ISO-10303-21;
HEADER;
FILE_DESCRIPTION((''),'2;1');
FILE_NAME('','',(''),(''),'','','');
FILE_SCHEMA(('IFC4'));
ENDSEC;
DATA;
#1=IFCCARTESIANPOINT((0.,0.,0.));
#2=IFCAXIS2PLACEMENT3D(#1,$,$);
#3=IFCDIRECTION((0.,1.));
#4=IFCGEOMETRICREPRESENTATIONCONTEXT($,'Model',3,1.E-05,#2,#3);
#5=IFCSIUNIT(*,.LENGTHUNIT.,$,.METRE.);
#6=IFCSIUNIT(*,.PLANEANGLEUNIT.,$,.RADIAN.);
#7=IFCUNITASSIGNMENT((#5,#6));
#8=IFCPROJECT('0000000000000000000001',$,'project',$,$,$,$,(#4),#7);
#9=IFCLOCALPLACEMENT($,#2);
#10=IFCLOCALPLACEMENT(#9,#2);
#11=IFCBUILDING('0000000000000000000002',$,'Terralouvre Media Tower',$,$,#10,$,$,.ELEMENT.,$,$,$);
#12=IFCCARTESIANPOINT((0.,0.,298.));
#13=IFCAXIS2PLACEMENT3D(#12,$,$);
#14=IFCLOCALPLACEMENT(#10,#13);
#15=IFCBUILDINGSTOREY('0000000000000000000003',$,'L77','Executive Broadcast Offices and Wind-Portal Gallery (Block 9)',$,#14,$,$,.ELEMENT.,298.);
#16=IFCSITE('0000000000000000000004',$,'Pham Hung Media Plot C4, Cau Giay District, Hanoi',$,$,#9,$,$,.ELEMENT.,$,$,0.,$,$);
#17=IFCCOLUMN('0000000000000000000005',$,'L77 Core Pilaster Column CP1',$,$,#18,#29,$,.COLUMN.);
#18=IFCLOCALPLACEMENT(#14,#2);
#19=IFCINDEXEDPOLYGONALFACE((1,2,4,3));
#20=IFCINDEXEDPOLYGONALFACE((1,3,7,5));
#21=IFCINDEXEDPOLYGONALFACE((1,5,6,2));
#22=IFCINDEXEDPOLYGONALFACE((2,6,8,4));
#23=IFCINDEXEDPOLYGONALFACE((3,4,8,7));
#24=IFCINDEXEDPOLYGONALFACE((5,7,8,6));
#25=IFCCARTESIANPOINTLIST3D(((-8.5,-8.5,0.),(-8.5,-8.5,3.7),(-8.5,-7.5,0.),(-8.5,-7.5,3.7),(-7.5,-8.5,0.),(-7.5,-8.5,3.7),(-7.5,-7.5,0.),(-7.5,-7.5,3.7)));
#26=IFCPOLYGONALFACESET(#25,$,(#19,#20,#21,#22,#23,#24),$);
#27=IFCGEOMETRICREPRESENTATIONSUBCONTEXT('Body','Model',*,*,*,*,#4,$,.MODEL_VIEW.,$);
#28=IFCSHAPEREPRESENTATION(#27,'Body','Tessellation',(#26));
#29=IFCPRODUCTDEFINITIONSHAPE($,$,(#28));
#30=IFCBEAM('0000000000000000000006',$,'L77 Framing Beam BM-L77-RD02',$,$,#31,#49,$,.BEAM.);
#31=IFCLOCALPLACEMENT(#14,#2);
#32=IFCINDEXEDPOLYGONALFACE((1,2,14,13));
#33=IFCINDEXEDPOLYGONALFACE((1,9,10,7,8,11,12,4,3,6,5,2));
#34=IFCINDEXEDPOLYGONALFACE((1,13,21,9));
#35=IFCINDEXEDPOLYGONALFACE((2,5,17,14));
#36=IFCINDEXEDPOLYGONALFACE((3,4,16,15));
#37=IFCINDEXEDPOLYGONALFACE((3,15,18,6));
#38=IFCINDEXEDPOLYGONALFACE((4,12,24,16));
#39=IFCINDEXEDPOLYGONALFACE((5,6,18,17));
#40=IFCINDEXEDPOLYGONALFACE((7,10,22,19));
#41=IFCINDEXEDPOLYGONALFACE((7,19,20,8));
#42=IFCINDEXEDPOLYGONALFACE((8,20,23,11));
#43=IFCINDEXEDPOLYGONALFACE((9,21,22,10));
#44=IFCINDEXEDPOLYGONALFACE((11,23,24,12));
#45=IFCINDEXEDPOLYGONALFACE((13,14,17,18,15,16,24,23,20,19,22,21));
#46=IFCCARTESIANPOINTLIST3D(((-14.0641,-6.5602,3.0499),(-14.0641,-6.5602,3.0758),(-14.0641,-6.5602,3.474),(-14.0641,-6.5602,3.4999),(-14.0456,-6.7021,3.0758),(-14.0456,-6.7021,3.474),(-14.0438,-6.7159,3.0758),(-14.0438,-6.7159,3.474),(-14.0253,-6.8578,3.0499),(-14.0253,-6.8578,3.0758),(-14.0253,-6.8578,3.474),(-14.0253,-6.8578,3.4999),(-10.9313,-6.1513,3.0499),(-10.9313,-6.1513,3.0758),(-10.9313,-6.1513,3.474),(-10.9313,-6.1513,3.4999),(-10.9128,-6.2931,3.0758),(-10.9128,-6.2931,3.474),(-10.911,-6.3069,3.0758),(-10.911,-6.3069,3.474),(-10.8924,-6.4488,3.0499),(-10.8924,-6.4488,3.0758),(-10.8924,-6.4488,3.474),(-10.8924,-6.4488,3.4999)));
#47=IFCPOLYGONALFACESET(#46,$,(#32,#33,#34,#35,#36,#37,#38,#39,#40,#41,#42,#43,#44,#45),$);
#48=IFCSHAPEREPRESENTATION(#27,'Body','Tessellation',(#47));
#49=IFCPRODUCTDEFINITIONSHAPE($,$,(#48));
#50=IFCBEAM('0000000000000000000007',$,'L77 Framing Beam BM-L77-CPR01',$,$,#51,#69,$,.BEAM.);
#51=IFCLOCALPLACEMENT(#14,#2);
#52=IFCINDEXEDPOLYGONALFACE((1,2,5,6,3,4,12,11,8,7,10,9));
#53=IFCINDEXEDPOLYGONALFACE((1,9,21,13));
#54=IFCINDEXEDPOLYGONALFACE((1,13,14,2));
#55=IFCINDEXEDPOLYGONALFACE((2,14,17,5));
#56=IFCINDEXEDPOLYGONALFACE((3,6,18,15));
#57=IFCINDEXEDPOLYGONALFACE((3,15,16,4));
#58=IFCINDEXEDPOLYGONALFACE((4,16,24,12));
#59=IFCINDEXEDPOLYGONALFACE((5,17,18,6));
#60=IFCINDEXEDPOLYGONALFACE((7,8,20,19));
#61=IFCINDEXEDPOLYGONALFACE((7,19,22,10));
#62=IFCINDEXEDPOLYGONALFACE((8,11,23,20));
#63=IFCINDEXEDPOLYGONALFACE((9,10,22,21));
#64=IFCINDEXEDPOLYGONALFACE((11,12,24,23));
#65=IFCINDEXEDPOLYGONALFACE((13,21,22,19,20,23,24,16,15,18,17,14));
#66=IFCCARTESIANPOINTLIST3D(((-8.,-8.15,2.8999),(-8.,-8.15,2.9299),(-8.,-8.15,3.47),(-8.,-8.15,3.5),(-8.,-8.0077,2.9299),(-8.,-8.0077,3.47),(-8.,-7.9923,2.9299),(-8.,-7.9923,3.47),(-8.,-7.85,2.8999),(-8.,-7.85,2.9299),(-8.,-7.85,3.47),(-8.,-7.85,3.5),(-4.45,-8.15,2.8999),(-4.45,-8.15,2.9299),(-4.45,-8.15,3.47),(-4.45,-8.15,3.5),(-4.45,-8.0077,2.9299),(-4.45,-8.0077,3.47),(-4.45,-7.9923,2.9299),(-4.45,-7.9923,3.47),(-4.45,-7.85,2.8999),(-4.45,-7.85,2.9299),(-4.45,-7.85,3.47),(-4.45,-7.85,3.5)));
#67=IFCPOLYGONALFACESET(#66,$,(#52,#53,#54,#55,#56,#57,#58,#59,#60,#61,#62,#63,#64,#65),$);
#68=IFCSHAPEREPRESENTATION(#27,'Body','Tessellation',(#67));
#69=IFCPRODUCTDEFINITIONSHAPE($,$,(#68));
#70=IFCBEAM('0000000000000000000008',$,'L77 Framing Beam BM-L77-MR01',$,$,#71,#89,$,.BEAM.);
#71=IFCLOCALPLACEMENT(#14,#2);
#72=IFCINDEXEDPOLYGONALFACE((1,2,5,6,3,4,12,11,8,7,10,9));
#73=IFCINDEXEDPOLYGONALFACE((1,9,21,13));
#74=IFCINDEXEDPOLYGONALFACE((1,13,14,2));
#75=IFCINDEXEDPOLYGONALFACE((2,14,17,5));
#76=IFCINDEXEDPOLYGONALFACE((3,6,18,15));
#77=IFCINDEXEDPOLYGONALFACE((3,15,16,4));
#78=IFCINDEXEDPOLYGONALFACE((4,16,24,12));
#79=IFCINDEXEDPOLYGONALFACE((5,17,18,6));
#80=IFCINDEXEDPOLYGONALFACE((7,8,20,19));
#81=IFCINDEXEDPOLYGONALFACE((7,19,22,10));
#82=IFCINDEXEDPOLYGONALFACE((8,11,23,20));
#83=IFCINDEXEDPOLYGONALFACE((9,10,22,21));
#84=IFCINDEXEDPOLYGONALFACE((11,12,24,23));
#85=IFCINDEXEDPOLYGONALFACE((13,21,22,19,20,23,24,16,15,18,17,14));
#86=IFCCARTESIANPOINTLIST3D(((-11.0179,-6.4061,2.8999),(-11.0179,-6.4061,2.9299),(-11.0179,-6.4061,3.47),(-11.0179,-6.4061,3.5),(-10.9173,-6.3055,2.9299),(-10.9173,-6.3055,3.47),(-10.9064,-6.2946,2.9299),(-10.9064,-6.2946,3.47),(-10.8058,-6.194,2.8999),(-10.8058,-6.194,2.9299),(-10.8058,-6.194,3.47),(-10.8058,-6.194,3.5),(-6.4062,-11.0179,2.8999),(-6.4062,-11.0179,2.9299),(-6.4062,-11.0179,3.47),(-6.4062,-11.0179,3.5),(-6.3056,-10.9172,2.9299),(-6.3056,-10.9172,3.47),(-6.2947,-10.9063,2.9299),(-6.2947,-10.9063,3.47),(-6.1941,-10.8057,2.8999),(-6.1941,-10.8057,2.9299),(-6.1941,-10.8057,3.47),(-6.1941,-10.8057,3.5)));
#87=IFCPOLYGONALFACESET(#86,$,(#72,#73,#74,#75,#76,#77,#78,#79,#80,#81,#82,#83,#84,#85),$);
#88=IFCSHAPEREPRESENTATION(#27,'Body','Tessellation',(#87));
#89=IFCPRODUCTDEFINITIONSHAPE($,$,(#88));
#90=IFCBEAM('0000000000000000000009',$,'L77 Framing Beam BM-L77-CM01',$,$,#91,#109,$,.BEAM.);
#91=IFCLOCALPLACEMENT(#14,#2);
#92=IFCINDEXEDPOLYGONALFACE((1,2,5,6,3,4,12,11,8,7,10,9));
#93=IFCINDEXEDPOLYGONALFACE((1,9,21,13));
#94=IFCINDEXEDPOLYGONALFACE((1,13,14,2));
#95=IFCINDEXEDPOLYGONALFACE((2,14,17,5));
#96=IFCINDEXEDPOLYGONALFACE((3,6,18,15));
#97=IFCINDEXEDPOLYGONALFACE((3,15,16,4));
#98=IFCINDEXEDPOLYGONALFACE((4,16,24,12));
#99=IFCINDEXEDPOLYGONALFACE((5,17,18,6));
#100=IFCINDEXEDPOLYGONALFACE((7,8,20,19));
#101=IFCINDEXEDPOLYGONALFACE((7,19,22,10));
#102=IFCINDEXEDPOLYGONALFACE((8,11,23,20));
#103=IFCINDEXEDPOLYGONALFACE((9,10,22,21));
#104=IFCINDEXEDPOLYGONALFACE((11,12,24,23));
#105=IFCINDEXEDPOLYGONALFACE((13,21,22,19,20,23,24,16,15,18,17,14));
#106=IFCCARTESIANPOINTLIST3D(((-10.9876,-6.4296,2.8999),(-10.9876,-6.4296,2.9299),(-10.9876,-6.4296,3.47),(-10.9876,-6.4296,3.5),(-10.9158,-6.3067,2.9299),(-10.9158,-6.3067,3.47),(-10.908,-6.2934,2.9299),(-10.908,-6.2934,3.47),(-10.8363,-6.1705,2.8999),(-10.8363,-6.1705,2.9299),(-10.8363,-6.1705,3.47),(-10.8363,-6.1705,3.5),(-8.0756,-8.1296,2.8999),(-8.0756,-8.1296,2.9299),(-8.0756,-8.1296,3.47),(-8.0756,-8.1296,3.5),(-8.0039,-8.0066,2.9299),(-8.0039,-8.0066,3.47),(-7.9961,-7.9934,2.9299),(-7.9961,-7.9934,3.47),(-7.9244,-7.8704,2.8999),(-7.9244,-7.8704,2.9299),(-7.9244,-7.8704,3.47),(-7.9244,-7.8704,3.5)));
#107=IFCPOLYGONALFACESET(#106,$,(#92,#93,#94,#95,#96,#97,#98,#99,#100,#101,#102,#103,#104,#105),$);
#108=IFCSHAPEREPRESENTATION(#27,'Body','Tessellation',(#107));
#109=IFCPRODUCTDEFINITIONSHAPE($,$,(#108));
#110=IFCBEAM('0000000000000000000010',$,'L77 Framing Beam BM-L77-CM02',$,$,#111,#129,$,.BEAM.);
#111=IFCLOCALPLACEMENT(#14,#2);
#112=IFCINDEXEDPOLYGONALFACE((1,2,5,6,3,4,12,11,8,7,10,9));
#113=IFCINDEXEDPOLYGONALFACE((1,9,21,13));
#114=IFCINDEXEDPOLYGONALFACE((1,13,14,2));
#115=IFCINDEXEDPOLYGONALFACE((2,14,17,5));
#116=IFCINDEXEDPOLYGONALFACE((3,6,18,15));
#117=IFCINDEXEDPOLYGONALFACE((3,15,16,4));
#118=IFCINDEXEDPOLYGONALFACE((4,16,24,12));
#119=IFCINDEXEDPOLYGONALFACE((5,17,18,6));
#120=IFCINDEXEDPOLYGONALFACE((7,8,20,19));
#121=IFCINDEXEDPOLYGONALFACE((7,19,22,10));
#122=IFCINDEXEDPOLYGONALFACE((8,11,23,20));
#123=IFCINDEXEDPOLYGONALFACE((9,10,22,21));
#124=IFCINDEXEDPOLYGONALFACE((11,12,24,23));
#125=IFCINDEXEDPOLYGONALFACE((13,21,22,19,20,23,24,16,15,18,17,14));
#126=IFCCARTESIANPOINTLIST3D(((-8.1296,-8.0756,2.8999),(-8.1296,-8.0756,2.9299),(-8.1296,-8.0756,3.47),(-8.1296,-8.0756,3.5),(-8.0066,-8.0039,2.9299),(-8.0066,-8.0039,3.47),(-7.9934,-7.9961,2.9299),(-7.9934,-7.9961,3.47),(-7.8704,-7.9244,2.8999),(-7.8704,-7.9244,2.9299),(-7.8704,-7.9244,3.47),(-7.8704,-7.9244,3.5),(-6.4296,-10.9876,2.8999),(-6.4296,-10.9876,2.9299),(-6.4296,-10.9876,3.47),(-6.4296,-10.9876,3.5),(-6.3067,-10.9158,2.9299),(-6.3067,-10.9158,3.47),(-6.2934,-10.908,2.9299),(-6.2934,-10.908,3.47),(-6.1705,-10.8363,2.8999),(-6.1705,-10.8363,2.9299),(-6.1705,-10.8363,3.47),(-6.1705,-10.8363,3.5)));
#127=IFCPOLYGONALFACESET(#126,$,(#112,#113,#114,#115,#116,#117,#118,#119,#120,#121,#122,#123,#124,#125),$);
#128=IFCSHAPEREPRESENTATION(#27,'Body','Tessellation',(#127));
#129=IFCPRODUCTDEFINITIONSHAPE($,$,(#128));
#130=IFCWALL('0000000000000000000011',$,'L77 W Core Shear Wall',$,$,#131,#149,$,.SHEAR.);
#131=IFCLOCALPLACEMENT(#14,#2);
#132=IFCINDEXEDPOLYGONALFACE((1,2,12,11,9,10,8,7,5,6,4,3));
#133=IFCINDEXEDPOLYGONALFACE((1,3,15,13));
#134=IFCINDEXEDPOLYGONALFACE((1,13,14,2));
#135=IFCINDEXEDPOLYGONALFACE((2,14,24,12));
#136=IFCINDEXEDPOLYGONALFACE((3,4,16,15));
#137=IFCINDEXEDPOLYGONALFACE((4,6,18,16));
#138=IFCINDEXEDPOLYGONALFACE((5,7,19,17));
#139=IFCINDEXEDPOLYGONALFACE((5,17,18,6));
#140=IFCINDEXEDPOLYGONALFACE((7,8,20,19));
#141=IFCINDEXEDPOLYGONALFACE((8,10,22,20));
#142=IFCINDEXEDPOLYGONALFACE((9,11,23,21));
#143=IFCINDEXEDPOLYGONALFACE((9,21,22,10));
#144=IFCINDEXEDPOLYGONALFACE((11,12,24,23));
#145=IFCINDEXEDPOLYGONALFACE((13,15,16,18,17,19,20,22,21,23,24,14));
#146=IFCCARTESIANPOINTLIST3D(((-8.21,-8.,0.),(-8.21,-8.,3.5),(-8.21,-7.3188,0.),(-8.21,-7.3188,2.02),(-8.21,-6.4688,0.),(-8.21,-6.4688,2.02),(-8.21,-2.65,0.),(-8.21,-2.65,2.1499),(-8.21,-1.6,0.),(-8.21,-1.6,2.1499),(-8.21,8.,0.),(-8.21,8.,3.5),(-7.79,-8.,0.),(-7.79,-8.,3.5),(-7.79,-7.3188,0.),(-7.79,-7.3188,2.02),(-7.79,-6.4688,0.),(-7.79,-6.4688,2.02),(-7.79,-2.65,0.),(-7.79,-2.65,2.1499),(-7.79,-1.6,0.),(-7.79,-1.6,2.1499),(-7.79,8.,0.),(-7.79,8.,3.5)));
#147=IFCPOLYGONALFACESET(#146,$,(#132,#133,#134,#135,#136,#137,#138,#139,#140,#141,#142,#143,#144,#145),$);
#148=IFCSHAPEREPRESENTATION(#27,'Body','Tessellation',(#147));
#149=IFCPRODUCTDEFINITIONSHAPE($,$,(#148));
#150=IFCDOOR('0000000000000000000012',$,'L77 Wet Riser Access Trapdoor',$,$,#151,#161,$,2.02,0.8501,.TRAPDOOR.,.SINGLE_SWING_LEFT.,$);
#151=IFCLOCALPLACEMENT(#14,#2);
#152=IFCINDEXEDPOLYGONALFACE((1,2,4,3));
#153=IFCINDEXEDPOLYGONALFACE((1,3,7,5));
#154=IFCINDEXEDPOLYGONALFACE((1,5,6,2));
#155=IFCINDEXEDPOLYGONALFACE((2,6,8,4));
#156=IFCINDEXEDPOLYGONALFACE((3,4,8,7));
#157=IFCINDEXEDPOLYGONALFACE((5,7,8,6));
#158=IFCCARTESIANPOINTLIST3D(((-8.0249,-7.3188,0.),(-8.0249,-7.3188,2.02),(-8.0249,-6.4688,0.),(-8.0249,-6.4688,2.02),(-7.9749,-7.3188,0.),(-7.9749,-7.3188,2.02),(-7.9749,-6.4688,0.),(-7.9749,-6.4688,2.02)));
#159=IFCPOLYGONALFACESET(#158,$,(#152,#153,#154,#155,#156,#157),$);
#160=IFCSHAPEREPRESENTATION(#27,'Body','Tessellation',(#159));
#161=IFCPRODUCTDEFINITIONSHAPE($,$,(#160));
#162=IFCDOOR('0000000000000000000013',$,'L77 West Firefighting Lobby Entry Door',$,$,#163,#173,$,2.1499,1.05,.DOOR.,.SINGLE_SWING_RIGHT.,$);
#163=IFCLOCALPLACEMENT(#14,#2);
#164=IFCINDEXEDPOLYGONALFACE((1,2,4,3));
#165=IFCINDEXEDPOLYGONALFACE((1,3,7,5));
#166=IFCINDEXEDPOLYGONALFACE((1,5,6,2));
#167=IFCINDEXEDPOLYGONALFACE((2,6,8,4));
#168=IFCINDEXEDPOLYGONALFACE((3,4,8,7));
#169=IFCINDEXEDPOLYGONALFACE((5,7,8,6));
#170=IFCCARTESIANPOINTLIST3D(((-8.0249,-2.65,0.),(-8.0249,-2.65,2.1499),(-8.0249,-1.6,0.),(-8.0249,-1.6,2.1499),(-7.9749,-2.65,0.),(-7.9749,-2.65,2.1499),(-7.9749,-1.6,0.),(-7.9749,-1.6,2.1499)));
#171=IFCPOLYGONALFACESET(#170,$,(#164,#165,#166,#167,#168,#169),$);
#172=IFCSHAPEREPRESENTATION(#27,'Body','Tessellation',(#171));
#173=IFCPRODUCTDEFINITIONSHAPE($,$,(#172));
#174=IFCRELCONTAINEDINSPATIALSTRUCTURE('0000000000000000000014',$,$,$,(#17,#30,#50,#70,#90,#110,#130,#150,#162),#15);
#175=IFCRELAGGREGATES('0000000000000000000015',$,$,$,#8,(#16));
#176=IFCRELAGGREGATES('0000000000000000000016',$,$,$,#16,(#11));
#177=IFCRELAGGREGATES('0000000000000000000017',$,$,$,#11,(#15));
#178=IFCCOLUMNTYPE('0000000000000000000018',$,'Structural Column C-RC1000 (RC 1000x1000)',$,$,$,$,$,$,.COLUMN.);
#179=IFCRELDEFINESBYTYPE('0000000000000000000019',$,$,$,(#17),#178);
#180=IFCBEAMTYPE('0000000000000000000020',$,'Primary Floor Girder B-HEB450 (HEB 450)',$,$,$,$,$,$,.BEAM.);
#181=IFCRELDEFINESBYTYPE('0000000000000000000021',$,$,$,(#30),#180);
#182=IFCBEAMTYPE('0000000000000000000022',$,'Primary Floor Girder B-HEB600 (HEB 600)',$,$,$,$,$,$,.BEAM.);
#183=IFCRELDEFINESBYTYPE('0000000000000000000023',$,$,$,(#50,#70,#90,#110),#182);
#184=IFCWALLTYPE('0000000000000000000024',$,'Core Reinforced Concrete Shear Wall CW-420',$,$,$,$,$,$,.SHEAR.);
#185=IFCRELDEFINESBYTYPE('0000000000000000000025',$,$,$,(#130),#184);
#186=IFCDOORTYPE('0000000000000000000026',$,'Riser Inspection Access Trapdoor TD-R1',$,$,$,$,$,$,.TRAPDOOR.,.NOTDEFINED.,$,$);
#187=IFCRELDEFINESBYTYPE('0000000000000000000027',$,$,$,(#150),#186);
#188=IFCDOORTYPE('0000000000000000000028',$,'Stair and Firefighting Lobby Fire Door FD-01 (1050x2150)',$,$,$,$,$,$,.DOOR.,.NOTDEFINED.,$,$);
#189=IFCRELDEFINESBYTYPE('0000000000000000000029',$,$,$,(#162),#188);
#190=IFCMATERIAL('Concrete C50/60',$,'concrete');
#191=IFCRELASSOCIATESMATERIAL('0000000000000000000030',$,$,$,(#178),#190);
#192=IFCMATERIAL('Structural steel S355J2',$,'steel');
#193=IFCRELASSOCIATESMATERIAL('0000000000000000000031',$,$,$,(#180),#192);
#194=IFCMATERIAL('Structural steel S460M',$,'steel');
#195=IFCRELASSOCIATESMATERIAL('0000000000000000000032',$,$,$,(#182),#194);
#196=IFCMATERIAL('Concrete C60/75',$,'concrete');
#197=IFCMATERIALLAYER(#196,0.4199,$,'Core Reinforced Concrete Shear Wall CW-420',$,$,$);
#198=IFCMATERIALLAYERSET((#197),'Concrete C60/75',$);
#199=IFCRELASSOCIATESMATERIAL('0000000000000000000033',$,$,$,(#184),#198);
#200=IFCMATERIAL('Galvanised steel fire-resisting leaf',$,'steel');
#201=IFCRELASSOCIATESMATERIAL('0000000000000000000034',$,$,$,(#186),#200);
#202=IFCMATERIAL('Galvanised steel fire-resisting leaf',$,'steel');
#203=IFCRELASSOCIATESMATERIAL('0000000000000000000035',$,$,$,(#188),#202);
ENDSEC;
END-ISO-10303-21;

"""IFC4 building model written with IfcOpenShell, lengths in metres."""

from ifc_helpers import new_model, si_unit, direction, frame, frame_2d, origin, origin_2d, place, context, subcontext, project, spatial, rectangle, i_section, extrude, material, layer, layer_set, material_profile, profile_set, type_object, element, fill, save


model = new_model("IFC4")

# Units and contexts
model_context = context("Model", 3, precision=1e-05, world=origin(), true_north=direction((0.0, 1.0)))
body_context = subcontext(model_context, "Body", "Model", "MODEL_VIEW")
ifc_project = project(units=[si_unit("LENGTHUNIT", "METRE"), si_unit("PLANEANGLEUNIT", "RADIAN")], contexts=[model_context])

# Site, building, storey
site_placement = place(None, origin())
site = spatial("IfcSite", under=ifc_project, at=site_placement, Name="Pham Hung Media Plot C4, Cau Giay District, Hanoi", CompositionType="ELEMENT", RefElevation=0.0)
building_placement = place(site_placement, origin())
building = spatial("IfcBuilding", under=site, at=building_placement, Name="Terralouvre Media Tower", CompositionType="ELEMENT")
storey_placement = place(building_placement, frame((0.0, 0.0, 298.0)))
storey = spatial("IfcBuildingStorey", under=building, at=storey_placement, Name="L77", Description="Executive Broadcast Offices and Wind-Portal Gallery (Block 9)", CompositionType="ELEMENT", Elevation=298.0)

# Column
ifc_material_1 = material(Name="Concrete C50/60", Category="concrete")
ifc_material_profile_1 = material_profile(ifc_material_1, rectangle(XDim=1.0, YDim=1.0, at=origin_2d()), Name="RC 1000x1000")
ifc_profile_set_1 = profile_set([ifc_material_profile_1], Name="Concrete C50/60")
column_type = type_object("IfcColumnType", Name="Structural Column C-RC1000 (RC 1000x1000)", PredefinedType="COLUMN", material=ifc_profile_set_1)
column_placement = place(storey_placement, frame((-8.0, -8.0, 0.0), z_axis=(0.0, 0.0, 1.0), x_axis=(1.0, 0.0, 0.0)))
element("IfcColumn", 1, at=column_placement, inside=storey, type_object=column_type, Name="L77 Core Pilaster Column CP1", PredefinedType="COLUMN", context=body_context, shape_type="SweptSolid", body=[
    extrude(rectangle(XDim=1.0, YDim=1.0, at=origin_2d()), origin(), (0.0, 0.0, 1.0), 3.7),
])

# Beams
ifc_material_2 = material(Name="Structural steel S355J2", Category="steel")
ifc_material_profile_2 = material_profile(ifc_material_2, i_section(OverallWidth=0.3, OverallDepth=0.45, WebThickness=0.0139, FlangeThickness=0.0259, at=origin_2d()), Name="HEB 450")
ifc_profile_set_2 = profile_set([ifc_material_profile_2], Name="Structural steel S355J2")
beam_type_1 = type_object("IfcBeamType", Name="Primary Floor Girder B-HEB450 (HEB 450)", PredefinedType="BEAM", material=ifc_profile_set_2)
beam_1_placement = place(storey_placement, frame((-10.9119, -6.3, 3.2749), z_axis=(-0.991588, -0.129435, 0.0), x_axis=(0.129435, -0.991588, 0.0)))
element("IfcBeam", 2, at=beam_1_placement, inside=storey, type_object=beam_type_1, Name="L77 Framing Beam BM-L77-RD02", PredefinedType="BEAM", context=body_context, shape_type="SweptSolid", body=[
    extrude(i_section(OverallWidth=0.3, OverallDepth=0.45, WebThickness=0.0139, FlangeThickness=0.0259, at=origin_2d()), origin(), (0.0, 0.0, 1.0), 3.1594),
])
ifc_material_3 = material(Name="Structural steel S460M", Category="steel")
ifc_material_profile_3 = material_profile(ifc_material_3, i_section(OverallWidth=0.3, OverallDepth=0.6001, WebThickness=0.0154, FlangeThickness=0.03, at=origin_2d()), Name="HEB 600")
ifc_profile_set_3 = profile_set([ifc_material_profile_3], Name="Structural steel S460M")
beam_type_2 = type_object("IfcBeamType", Name="Primary Floor Girder B-HEB600 (HEB 600)", PredefinedType="BEAM", material=ifc_profile_set_3)
beam_2_placement = place(storey_placement, frame((-8.0, -8.0, 3.2), z_axis=(1.0, 0.0, 0.0), x_axis=(0.0, 1.0, 0.0)))
element("IfcBeam", 3, at=beam_2_placement, inside=storey, type_object=beam_type_2, Name="L77 Framing Beam BM-L77-CPR01", PredefinedType="BEAM", context=body_context, shape_type="SweptSolid", body=[
    extrude(i_section(OverallWidth=0.3, OverallDepth=0.6001, WebThickness=0.0154, FlangeThickness=0.03, at=origin_2d()), origin(), (0.0, 0.0, 1.0), 3.55),
])
beam_3_placement = place(storey_placement, frame((-10.9119, -6.3, 3.2), z_axis=(0.707107, -0.707107, 0.0), x_axis=(0.707107, 0.707107, 0.0)))
element("IfcBeam", 4, at=beam_3_placement, inside=storey, type_object=beam_type_2, Name="L77 Framing Beam BM-L77-MR01", PredefinedType="BEAM", context=body_context, shape_type="SweptSolid", body=[
    extrude(i_section(OverallWidth=0.3, OverallDepth=0.6001, WebThickness=0.0154, FlangeThickness=0.03, at=origin_2d()), origin(), (0.0, 0.0, 1.0), 6.522),
])
for number, where, z_axis, x_axis, name in (
    (5, (-8.0, -8.0, 3.2), (-0.863603, 0.504173, 0.0), (-0.504173, -0.863603, 0.0), "L77 Framing Beam BM-L77-CM01"),
    (6, (-8.0, -8.0, 3.2), (0.504173, -0.863603, 0.0), (0.863603, 0.504173, 0.0), "L77 Framing Beam BM-L77-CM02"),
):
    element("IfcBeam", number, at=place(storey_placement, frame(where, z_axis=z_axis, x_axis=x_axis)), inside=storey, type_object=beam_type_2, Name=name, PredefinedType="BEAM", context=body_context, shape_type="SweptSolid", body=[
        extrude(i_section(OverallWidth=0.3, OverallDepth=0.6001, WebThickness=0.0154, FlangeThickness=0.03, at=origin_2d()), origin(), (0.0, 0.0, 1.0), 3.3718),
    ])

# Wall, openings, doors
ifc_material_4 = material(Name="Concrete C60/75", Category="concrete")
ifc_layer_1 = layer(ifc_material_4, 0.4199, Name="Core Reinforced Concrete Shear Wall CW-420")
ifc_layer_set_1 = layer_set([ifc_layer_1], Name="Concrete C60/75")
wall_type_1 = type_object("IfcWallType", Name="Core Reinforced Concrete Shear Wall CW-420", PredefinedType="SHEAR", material=ifc_layer_set_1)
wall_1_placement = place(storey_placement, frame((-8.0, -8.0, 0.0), z_axis=(0.0, 0.0, 1.0), x_axis=(0.0, 1.0, 0.0)))
wall_1 = element("IfcWall", 7, at=wall_1_placement, inside=storey, type_object=wall_type_1, Name="L77 W Core Shear Wall", PredefinedType="SHEAR", context=body_context, shape_type="SweptSolid", body=[
    extrude(rectangle(XDim=16.0, YDim=0.4199, at=frame_2d((8.0, 0.0))), origin(), (0.0, 0.0, 1.0), 3.5),
])
opening_1_placement = place(wall_1_placement, frame((0.6812, 0.0, 0.0)))
opening_1 = element("IfcOpeningElement", 8, at=opening_1_placement, cuts=wall_1, PredefinedType="OPENING", context=body_context, shape_type="SweptSolid", body=[
    extrude(rectangle(XDim=0.8501, YDim=2.02, at=frame_2d((0.425, 1.01))), frame((0.0, 0.22, 0.0), z_axis=(0.0, -1.0, 0.0), x_axis=(1.0, 0.0, 0.0)), (0.0, 0.0, 1.0), 0.4399),
])
opening_2_placement = place(wall_1_placement, frame((5.3501, 0.0, 0.0)))
opening_2 = element("IfcOpeningElement", 9, at=opening_2_placement, cuts=wall_1, PredefinedType="OPENING", context=body_context, shape_type="SweptSolid", body=[
    extrude(rectangle(XDim=1.05, YDim=2.1499, at=frame_2d((0.5249, 1.075))), frame((0.0, 0.22, 0.0), z_axis=(0.0, -1.0, 0.0), x_axis=(1.0, 0.0, 0.0)), (0.0, 0.0, 1.0), 0.4399),
])
ifc_material_5 = material(Name="Galvanised steel fire-resisting leaf", Category="steel")
door_type_1 = type_object("IfcDoorType", Name="Riser Inspection Access Trapdoor TD-R1", OperationType="NOTDEFINED", PredefinedType="TRAPDOOR", material=ifc_material_5)
door_1_placement = place(opening_1_placement, origin())
door_1 = element("IfcDoor", 10, at=door_1_placement, inside=storey, type_object=door_type_1, Name="L77 Wet Riser Access Trapdoor", OperationType="SINGLE_SWING_LEFT", OverallHeight=2.02, OverallWidth=0.8501, PredefinedType="TRAPDOOR", context=body_context, shape_type="SweptSolid", body=[
    extrude(rectangle(XDim=0.8501, YDim=2.02, at=frame_2d((0.425, 1.01))), frame((0.0, 0.0249, 0.0), z_axis=(0.0, -1.0, 0.0), x_axis=(1.0, 0.0, 0.0)), (0.0, 0.0, 1.0), 0.05),
])
fill(opening_1, door_1)
ifc_material_6 = material(Name="Galvanised steel fire-resisting leaf", Category="steel")
door_type_2 = type_object("IfcDoorType", Name="Stair and Firefighting Lobby Fire Door FD-01 (1050x2150)", OperationType="NOTDEFINED", PredefinedType="DOOR", material=ifc_material_6)
door_2_placement = place(opening_2_placement, origin())
door_2 = element("IfcDoor", 11, at=door_2_placement, inside=storey, type_object=door_type_2, Name="L77 West Firefighting Lobby Entry Door", OperationType="SINGLE_SWING_RIGHT", OverallHeight=2.1499, OverallWidth=1.05, PredefinedType="DOOR", context=body_context, shape_type="SweptSolid", body=[
    extrude(rectangle(XDim=1.05, YDim=2.1499, at=frame_2d((0.5249, 1.075))), frame((0.0, 0.0249, 0.0), z_axis=(0.0, -1.0, 0.0), x_axis=(1.0, 0.0, 0.0)), (0.0, 0.0, 1.0), 0.05),
])
fill(opening_2, door_2)

save(model, "model.ifc")
